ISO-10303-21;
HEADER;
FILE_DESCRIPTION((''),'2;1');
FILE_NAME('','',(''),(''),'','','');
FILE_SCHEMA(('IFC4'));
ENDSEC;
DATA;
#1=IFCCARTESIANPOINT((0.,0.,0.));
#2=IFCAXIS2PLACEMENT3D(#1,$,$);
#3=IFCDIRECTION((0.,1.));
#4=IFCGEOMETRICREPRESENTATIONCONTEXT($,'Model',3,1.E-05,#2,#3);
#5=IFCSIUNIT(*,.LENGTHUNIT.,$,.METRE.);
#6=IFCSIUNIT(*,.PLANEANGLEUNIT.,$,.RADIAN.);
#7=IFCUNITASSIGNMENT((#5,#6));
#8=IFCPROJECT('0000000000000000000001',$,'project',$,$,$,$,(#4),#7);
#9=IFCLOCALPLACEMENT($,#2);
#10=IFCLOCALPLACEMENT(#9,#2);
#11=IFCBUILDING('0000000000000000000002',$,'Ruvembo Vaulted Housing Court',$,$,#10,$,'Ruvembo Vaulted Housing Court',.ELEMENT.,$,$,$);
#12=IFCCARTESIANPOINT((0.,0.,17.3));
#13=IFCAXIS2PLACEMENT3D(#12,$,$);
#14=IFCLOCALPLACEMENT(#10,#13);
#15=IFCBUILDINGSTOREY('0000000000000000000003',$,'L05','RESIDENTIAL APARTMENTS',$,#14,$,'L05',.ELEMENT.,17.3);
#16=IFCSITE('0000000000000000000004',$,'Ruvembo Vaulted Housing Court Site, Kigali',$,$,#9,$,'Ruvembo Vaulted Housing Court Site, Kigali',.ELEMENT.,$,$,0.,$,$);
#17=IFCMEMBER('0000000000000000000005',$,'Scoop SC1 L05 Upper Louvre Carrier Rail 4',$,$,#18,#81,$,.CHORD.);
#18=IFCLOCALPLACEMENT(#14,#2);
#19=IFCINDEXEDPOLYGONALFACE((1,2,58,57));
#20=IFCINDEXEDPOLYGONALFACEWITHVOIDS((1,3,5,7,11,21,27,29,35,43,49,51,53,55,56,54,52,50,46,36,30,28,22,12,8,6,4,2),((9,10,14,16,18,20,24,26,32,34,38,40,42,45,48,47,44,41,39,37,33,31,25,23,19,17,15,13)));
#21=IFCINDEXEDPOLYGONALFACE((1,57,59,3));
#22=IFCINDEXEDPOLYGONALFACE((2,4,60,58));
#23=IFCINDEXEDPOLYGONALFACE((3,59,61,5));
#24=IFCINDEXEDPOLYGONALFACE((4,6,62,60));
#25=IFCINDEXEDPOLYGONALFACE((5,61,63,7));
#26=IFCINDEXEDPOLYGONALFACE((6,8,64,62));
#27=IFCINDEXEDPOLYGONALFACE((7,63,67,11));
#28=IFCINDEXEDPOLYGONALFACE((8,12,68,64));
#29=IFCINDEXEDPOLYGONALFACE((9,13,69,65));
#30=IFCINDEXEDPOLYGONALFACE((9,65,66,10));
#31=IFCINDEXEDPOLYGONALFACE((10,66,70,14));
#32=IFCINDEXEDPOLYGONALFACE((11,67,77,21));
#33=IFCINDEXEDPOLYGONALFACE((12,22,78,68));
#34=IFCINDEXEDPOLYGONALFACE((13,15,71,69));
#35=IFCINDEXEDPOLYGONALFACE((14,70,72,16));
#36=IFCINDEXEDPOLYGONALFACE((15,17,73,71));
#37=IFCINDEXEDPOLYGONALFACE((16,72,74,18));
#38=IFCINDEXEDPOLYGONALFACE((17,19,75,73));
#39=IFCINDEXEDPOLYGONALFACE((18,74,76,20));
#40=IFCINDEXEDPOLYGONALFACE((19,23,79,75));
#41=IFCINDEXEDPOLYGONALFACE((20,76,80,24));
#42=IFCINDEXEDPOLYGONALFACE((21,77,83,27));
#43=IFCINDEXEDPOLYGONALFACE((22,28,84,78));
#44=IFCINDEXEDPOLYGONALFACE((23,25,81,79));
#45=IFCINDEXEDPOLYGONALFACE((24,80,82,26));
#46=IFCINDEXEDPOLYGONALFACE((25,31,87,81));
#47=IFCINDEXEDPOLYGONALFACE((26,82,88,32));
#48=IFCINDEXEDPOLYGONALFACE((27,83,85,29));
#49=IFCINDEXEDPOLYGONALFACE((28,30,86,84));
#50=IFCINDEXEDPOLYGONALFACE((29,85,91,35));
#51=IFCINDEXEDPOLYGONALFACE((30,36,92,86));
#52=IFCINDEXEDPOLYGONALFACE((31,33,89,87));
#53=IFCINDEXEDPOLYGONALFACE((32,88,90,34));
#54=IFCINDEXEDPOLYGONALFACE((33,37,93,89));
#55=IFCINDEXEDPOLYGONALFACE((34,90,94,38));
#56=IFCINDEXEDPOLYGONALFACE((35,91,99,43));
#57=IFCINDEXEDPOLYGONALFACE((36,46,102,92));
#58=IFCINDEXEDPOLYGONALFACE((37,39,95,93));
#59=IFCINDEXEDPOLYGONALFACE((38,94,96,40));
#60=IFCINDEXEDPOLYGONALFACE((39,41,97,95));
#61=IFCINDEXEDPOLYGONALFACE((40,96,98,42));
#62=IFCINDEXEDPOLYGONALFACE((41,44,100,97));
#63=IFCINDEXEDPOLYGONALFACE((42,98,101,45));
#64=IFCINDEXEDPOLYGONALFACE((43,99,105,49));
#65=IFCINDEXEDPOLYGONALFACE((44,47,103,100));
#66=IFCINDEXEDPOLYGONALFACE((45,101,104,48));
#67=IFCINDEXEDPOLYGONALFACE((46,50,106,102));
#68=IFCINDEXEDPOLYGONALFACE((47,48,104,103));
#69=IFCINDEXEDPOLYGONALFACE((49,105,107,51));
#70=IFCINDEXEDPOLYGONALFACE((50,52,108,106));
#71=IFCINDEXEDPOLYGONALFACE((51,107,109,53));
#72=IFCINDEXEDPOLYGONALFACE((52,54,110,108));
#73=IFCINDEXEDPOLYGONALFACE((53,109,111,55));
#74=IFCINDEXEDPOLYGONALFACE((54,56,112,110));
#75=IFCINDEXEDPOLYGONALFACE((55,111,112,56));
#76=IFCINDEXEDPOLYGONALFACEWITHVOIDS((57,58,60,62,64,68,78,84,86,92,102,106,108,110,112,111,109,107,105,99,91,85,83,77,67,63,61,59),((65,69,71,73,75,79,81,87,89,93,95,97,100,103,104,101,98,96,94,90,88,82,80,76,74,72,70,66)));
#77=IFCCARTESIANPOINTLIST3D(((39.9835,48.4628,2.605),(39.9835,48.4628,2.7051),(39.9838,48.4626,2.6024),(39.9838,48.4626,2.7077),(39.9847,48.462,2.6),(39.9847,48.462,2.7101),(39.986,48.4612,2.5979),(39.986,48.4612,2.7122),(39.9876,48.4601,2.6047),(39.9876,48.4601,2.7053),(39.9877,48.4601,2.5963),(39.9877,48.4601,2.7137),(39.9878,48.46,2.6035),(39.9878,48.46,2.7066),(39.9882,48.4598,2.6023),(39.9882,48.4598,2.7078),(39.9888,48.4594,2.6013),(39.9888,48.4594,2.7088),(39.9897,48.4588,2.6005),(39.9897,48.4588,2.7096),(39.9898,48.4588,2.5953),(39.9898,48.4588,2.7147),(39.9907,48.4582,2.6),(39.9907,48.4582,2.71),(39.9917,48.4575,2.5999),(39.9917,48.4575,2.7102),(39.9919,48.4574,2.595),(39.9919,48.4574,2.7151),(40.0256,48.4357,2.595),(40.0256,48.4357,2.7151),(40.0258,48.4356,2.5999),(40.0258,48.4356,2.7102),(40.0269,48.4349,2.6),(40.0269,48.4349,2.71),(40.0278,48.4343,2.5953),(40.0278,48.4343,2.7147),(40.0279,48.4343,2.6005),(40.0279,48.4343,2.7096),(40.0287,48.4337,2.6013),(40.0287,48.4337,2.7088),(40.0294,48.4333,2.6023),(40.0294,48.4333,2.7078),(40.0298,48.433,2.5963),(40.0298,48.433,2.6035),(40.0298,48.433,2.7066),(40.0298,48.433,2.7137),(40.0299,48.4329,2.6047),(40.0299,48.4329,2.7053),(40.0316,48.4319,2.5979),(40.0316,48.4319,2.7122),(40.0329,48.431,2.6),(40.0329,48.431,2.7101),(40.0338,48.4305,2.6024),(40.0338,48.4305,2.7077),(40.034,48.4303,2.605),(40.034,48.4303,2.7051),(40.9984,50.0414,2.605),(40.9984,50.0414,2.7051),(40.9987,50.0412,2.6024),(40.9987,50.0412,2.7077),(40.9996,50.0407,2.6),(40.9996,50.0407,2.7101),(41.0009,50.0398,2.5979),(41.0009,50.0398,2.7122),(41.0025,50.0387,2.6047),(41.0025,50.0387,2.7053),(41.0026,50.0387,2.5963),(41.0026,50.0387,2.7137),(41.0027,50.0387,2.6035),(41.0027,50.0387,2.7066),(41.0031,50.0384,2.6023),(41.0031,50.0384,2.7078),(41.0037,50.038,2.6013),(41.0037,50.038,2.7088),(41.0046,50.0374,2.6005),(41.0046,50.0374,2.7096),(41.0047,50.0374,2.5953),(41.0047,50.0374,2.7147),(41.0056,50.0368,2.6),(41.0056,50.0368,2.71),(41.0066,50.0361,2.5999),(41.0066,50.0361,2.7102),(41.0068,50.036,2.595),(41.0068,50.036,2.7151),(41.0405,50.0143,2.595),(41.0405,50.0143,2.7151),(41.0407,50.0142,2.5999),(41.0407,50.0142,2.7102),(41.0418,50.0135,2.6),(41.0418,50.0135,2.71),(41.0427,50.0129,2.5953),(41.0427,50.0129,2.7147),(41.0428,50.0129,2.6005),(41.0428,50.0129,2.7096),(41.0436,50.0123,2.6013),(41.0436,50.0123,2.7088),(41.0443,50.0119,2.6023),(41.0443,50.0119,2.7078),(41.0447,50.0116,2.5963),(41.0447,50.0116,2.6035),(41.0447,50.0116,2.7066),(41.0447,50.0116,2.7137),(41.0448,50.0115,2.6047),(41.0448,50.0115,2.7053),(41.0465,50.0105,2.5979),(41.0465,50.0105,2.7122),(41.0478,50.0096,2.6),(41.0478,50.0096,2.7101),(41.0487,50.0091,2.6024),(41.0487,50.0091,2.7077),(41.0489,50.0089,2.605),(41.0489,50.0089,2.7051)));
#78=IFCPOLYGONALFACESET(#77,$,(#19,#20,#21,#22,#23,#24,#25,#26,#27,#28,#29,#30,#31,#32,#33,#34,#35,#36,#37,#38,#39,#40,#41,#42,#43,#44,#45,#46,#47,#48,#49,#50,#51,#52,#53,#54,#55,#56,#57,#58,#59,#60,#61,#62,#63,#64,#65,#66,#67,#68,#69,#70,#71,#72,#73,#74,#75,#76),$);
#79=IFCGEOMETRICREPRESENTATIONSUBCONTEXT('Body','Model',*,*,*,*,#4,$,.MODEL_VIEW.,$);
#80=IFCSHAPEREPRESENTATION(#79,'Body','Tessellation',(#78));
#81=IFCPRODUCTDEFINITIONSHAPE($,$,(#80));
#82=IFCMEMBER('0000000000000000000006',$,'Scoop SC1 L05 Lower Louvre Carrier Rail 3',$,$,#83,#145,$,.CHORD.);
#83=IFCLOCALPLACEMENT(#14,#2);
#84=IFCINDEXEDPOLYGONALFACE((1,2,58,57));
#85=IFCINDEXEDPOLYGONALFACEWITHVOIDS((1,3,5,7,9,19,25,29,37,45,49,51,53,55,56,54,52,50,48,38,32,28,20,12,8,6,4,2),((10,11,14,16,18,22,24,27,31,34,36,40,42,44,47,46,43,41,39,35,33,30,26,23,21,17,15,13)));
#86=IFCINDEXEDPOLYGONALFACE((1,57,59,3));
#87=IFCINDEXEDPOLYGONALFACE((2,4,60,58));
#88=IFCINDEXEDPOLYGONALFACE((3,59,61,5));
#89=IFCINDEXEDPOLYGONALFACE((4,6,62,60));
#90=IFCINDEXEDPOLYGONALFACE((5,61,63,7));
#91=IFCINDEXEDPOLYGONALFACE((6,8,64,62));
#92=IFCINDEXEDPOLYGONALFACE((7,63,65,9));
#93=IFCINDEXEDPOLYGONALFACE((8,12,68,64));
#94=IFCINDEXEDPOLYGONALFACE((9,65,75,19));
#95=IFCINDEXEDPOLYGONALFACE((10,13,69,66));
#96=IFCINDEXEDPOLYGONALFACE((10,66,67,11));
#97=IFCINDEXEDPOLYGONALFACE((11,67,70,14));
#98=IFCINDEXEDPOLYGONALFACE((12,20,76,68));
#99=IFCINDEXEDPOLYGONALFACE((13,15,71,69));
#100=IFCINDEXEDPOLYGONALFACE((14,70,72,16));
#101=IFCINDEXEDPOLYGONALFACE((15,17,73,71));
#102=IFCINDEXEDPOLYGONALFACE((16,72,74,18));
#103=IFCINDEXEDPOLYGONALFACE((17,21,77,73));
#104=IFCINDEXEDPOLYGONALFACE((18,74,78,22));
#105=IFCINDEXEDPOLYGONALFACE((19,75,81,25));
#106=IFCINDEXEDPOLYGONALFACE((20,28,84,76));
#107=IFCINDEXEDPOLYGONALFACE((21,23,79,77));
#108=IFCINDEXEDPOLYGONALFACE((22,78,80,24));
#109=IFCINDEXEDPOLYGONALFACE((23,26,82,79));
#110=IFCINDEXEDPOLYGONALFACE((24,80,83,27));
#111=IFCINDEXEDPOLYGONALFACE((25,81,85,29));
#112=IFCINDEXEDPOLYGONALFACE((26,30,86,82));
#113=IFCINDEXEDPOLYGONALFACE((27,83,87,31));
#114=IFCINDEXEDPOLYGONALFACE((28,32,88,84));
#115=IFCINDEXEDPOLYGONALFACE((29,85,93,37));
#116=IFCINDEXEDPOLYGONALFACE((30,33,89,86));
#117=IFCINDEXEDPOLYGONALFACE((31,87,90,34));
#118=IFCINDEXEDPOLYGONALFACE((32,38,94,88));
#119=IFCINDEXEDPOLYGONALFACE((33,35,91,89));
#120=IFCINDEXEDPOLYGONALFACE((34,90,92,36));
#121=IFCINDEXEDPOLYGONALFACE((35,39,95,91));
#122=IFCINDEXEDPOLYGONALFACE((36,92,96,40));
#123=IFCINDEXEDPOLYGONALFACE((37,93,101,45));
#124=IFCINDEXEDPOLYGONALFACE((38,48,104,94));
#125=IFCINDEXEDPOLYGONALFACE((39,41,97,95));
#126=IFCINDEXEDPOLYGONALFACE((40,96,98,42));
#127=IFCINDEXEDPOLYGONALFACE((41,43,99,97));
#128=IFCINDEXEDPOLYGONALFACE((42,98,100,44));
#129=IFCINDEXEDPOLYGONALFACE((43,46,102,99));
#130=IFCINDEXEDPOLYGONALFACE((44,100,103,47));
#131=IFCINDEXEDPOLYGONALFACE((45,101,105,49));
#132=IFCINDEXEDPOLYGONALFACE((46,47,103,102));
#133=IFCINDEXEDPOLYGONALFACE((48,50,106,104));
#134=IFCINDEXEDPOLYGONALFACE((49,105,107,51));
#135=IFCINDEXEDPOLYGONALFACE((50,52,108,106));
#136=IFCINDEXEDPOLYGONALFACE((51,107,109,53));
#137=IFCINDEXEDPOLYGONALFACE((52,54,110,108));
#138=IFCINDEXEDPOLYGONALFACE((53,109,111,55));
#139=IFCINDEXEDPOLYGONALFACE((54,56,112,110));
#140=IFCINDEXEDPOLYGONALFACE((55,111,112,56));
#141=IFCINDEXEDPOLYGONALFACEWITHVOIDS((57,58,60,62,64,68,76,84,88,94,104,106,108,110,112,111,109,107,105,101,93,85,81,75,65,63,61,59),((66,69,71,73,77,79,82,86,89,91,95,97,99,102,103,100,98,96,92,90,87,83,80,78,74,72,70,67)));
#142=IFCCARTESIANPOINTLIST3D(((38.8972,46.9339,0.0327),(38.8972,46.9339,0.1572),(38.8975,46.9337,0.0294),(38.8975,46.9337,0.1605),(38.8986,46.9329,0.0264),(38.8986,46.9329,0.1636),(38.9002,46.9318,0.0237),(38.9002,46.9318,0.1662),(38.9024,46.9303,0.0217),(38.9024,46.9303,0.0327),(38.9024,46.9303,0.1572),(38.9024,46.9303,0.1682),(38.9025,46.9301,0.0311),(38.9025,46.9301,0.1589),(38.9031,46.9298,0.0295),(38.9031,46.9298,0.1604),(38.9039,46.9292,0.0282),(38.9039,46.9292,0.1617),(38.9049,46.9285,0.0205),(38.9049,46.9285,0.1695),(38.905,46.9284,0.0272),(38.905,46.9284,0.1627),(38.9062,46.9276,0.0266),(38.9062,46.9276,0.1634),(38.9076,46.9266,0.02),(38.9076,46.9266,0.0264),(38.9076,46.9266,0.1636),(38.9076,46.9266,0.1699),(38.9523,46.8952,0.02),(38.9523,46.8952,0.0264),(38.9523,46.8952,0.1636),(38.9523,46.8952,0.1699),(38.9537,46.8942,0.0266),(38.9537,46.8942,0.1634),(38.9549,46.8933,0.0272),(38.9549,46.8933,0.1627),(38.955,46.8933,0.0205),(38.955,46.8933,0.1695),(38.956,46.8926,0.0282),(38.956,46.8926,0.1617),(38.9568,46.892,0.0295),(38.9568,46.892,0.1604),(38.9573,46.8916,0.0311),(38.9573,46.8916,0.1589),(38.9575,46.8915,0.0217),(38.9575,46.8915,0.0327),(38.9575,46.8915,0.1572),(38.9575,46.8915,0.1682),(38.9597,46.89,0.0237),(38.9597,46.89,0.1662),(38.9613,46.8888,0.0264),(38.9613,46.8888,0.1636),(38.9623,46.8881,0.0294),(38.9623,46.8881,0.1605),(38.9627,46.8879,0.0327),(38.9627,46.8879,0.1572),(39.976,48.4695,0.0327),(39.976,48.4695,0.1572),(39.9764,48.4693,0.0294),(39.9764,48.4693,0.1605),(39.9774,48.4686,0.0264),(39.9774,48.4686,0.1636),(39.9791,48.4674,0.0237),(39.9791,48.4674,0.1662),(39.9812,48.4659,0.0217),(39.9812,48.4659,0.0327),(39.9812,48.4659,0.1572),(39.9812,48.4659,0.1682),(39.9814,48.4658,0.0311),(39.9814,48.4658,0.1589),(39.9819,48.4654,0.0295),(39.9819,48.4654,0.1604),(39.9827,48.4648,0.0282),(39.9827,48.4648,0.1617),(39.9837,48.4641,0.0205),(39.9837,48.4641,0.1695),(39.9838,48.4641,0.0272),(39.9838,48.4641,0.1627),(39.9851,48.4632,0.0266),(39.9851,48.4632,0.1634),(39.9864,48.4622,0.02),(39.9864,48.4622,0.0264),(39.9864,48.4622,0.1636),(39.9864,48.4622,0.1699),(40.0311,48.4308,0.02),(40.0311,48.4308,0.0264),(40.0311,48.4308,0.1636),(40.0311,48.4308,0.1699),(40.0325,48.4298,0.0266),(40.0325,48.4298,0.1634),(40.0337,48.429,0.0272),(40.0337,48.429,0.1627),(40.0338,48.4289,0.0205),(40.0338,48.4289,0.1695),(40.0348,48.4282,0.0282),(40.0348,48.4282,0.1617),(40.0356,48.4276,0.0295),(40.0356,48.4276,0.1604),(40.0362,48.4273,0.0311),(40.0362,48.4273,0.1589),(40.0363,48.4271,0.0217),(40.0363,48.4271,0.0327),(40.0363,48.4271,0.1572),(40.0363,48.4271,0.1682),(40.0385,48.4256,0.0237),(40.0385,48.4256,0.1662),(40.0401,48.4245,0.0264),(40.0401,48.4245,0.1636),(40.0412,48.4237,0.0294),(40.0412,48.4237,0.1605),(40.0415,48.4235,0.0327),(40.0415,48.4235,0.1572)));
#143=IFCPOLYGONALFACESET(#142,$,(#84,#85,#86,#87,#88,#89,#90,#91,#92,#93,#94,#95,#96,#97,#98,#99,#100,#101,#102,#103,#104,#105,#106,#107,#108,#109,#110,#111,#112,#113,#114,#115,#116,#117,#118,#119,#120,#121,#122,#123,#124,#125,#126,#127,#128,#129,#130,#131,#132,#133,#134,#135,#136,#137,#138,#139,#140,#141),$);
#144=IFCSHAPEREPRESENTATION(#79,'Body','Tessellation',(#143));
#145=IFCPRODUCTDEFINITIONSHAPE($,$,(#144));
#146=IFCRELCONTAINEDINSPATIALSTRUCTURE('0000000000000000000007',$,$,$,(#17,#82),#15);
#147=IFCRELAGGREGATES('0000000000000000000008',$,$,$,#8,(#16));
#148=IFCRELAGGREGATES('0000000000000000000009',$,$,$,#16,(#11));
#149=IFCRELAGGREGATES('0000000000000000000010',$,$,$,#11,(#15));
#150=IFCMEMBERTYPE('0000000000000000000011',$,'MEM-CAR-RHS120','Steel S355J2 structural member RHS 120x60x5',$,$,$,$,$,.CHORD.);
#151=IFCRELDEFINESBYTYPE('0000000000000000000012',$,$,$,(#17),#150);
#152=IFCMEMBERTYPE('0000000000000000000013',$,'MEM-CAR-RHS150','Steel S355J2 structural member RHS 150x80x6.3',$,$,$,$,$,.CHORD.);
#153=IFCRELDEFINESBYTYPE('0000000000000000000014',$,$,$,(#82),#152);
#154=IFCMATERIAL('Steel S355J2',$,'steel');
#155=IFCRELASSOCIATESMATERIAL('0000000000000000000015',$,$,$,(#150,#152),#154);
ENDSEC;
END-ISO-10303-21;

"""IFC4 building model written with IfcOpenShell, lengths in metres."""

from ifc_helpers import new_model, si_unit, direction, frame, origin, origin_2d, place, context, subcontext, project, spatial, hollow_rectangle, extrude, material, material_profile, profile_set, type_object, element, save


model = new_model("IFC4")

# Units and contexts
model_context = context("Model", 3, precision=1e-05, world=origin(), true_north=direction((0.0, 1.0)))
body_context = subcontext(model_context, "Body", "Model", "MODEL_VIEW")
ifc_project = project(units=[si_unit("LENGTHUNIT", "METRE"), si_unit("PLANEANGLEUNIT", "RADIAN")], contexts=[model_context])

# Site, building, storey
site_placement = place(None, origin())
site = spatial("IfcSite", under=ifc_project, at=site_placement, Name="Ruvembo Vaulted Housing Court Site, Kigali", LongName="Ruvembo Vaulted Housing Court Site, Kigali", CompositionType="ELEMENT", RefElevation=0.0)
building_placement = place(site_placement, origin())
building = spatial("IfcBuilding", under=site, at=building_placement, Name="Ruvembo Vaulted Housing Court", LongName="Ruvembo Vaulted Housing Court", CompositionType="ELEMENT")
storey_placement = place(building_placement, frame((0.0, 0.0, 17.3)))
storey = spatial("IfcBuildingStorey", under=building, at=storey_placement, Name="L05", Description="RESIDENTIAL APARTMENTS", LongName="L05", CompositionType="ELEMENT", Elevation=17.3)

# Shared definitions
ifc_material_1 = material(Name="Steel S355J2", Category="steel")

# Members
ifc_material_profile_1 = material_profile(ifc_material_1, hollow_rectangle(XDim=0.0601, YDim=0.1201, WallThickness=0.0049, InnerFilletRadius=0.0049, OuterFilletRadius=0.01, at=origin_2d()), Name="RHS 120x60x5")
ifc_profile_set_1 = profile_set([ifc_material_profile_1], Name="Steel S355J2")
member_type_1 = type_object("IfcMemberType", Name="MEM-CAR-RHS120", Description="Steel S355J2 structural member RHS 120x60x5", PredefinedType="CHORD", material=ifc_profile_set_1)
for number, where, z_axis, x_axis, name in (
    (1, (40.0088, 48.4465, 2.655), (0.540784, 0.841162, 0.0), (-0.841162, 0.540784, 0.0), "Scoop SC1 L05 Upper Louvre Carrier Rail 4"),
):
    element("IfcMember", number, at=place(storey_placement, frame(where, z_axis=z_axis, x_axis=x_axis)), inside=storey, type_object=member_type_1, Name=name, PredefinedType="CHORD", context=body_context, shape_type="SweptSolid", body=[
        extrude(hollow_rectangle(XDim=0.0601, YDim=0.1201, WallThickness=0.0049, InnerFilletRadius=0.0049, OuterFilletRadius=0.01, at=origin_2d()), origin(), (0.0, 0.0, 1.0), 1.8767),
    ])
ifc_material_profile_2 = material_profile(ifc_material_1, hollow_rectangle(XDim=0.0801, YDim=0.1499, WallThickness=0.0063, InnerFilletRadius=0.0063, OuterFilletRadius=0.0127, at=origin_2d()), Name="RHS 150x80x6.3")
ifc_profile_set_2 = profile_set([ifc_material_profile_2], Name="Steel S355J2")
member_type_2 = type_object("IfcMemberType", Name="MEM-CAR-RHS150", Description="Steel S355J2 structural member RHS 150x80x6.3", PredefinedType="CHORD", material=ifc_profile_set_2)
for number, where, z_axis, x_axis, name in (
    (2, (38.9299, 46.9109, 0.095), (0.574858, 0.818253, 0.0), (-0.818253, 0.574858, 0.0), "Scoop SC1 L05 Lower Louvre Carrier Rail 3"),
):
    element("IfcMember", number, at=place(storey_placement, frame(where, z_axis=z_axis, x_axis=x_axis)), inside=storey, type_object=member_type_2, Name=name, PredefinedType="CHORD", context=body_context, shape_type="SweptSolid", body=[
        extrude(hollow_rectangle(XDim=0.0801, YDim=0.1499, WallThickness=0.0063, InnerFilletRadius=0.0063, OuterFilletRadius=0.0127, at=origin_2d()), origin(), (0.0, 0.0, 1.0), 1.8767),
    ])

save(model, "model.ifc")
